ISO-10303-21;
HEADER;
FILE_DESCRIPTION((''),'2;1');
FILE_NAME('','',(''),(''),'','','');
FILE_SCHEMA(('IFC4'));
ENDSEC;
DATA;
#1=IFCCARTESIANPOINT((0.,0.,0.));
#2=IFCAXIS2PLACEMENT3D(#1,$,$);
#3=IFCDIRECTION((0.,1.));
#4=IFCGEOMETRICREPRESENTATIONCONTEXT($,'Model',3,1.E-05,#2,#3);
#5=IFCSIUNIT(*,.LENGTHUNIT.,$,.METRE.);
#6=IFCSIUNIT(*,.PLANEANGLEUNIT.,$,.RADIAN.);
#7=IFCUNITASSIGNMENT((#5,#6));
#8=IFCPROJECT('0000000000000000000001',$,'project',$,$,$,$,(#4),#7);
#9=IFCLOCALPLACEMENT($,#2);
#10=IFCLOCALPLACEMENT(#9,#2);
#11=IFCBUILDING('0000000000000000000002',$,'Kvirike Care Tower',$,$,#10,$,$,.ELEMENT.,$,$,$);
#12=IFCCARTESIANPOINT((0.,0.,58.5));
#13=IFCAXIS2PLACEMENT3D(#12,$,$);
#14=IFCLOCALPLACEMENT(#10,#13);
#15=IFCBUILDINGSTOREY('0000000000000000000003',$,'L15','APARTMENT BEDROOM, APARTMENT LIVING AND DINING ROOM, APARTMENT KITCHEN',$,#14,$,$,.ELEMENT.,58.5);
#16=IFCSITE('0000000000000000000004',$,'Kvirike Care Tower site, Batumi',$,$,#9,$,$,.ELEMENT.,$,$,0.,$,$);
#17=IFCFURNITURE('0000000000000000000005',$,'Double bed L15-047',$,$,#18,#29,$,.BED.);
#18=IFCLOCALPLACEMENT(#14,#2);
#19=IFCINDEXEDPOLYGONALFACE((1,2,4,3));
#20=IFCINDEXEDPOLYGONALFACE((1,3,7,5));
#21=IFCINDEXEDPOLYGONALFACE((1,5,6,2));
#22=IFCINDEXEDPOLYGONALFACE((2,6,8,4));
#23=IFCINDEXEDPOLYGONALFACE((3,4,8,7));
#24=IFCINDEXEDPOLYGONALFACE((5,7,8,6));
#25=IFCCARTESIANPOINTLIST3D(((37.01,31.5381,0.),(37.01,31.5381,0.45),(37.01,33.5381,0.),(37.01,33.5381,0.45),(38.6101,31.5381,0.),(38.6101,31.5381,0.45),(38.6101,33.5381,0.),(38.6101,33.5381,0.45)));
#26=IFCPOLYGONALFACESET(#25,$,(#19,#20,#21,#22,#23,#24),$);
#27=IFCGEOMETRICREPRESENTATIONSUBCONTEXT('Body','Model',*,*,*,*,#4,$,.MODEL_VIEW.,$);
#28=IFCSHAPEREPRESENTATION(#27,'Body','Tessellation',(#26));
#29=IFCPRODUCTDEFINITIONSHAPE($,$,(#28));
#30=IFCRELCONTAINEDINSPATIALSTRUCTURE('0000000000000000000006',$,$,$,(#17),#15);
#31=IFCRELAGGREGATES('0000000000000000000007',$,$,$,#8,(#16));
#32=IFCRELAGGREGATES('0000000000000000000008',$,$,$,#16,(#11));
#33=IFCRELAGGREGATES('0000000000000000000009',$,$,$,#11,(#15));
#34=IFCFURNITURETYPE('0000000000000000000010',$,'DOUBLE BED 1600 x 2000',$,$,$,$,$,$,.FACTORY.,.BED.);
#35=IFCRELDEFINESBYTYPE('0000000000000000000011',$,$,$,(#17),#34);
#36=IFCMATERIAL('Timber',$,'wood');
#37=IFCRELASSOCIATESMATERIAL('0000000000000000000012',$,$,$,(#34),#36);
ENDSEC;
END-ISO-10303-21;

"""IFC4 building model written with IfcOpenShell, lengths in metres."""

from ifc_helpers import new_model, si_unit, direction, frame, origin, origin_2d, place, context, subcontext, project, spatial, rectangle, extrude, material, type_object, element, save


model = new_model("IFC4")

# Units and contexts
model_context = context("Model", 3, precision=1e-05, world=origin(), true_north=direction((0.0, 1.0)))
body_context = subcontext(model_context, "Body", "Model", "MODEL_VIEW")
ifc_project = project(units=[si_unit("LENGTHUNIT", "METRE"), si_unit("PLANEANGLEUNIT", "RADIAN")], contexts=[model_context])

# Site, building, storey
site_placement = place(None, origin())
site = spatial("IfcSite", under=ifc_project, at=site_placement, Name="Kvirike Care Tower site, Batumi", CompositionType="ELEMENT", RefElevation=0.0)
building_placement = place(site_placement, origin())
building = spatial("IfcBuilding", under=site, at=building_placement, Name="Kvirike Care Tower", CompositionType="ELEMENT")
storey_placement = place(building_placement, frame((0.0, 0.0, 58.5)))
storey = spatial("IfcBuildingStorey", under=building, at=storey_placement, Name="L15", Description="APARTMENT BEDROOM, APARTMENT LIVING AND DINING ROOM, APARTMENT KITCHEN", CompositionType="ELEMENT", Elevation=58.5)

# Furniture
ifc_material_1 = material(Name="Timber", Category="wood")
furniture_type = type_object("IfcFurnitureType", Name="DOUBLE BED 1600 x 2000", AssemblyPlace="FACTORY", PredefinedType="BED", material=ifc_material_1)
furniture_placement = place(storey_placement, frame((37.8101, 32.5381, 0.0), z_axis=(0.0, 0.0, 1.0), x_axis=(1.0, 0.0, 0.0)))
element("IfcFurniture", 1, at=furniture_placement, inside=storey, type_object=furniture_type, Name="Double bed L15-047", PredefinedType="BED", context=body_context, shape_type="SweptSolid", body=[
    extrude(rectangle(XDim=1.6001, YDim=2.0, at=origin_2d()), origin(), (0.0, 0.0, 1.0), 0.45),
])

save(model, "model.ifc")
